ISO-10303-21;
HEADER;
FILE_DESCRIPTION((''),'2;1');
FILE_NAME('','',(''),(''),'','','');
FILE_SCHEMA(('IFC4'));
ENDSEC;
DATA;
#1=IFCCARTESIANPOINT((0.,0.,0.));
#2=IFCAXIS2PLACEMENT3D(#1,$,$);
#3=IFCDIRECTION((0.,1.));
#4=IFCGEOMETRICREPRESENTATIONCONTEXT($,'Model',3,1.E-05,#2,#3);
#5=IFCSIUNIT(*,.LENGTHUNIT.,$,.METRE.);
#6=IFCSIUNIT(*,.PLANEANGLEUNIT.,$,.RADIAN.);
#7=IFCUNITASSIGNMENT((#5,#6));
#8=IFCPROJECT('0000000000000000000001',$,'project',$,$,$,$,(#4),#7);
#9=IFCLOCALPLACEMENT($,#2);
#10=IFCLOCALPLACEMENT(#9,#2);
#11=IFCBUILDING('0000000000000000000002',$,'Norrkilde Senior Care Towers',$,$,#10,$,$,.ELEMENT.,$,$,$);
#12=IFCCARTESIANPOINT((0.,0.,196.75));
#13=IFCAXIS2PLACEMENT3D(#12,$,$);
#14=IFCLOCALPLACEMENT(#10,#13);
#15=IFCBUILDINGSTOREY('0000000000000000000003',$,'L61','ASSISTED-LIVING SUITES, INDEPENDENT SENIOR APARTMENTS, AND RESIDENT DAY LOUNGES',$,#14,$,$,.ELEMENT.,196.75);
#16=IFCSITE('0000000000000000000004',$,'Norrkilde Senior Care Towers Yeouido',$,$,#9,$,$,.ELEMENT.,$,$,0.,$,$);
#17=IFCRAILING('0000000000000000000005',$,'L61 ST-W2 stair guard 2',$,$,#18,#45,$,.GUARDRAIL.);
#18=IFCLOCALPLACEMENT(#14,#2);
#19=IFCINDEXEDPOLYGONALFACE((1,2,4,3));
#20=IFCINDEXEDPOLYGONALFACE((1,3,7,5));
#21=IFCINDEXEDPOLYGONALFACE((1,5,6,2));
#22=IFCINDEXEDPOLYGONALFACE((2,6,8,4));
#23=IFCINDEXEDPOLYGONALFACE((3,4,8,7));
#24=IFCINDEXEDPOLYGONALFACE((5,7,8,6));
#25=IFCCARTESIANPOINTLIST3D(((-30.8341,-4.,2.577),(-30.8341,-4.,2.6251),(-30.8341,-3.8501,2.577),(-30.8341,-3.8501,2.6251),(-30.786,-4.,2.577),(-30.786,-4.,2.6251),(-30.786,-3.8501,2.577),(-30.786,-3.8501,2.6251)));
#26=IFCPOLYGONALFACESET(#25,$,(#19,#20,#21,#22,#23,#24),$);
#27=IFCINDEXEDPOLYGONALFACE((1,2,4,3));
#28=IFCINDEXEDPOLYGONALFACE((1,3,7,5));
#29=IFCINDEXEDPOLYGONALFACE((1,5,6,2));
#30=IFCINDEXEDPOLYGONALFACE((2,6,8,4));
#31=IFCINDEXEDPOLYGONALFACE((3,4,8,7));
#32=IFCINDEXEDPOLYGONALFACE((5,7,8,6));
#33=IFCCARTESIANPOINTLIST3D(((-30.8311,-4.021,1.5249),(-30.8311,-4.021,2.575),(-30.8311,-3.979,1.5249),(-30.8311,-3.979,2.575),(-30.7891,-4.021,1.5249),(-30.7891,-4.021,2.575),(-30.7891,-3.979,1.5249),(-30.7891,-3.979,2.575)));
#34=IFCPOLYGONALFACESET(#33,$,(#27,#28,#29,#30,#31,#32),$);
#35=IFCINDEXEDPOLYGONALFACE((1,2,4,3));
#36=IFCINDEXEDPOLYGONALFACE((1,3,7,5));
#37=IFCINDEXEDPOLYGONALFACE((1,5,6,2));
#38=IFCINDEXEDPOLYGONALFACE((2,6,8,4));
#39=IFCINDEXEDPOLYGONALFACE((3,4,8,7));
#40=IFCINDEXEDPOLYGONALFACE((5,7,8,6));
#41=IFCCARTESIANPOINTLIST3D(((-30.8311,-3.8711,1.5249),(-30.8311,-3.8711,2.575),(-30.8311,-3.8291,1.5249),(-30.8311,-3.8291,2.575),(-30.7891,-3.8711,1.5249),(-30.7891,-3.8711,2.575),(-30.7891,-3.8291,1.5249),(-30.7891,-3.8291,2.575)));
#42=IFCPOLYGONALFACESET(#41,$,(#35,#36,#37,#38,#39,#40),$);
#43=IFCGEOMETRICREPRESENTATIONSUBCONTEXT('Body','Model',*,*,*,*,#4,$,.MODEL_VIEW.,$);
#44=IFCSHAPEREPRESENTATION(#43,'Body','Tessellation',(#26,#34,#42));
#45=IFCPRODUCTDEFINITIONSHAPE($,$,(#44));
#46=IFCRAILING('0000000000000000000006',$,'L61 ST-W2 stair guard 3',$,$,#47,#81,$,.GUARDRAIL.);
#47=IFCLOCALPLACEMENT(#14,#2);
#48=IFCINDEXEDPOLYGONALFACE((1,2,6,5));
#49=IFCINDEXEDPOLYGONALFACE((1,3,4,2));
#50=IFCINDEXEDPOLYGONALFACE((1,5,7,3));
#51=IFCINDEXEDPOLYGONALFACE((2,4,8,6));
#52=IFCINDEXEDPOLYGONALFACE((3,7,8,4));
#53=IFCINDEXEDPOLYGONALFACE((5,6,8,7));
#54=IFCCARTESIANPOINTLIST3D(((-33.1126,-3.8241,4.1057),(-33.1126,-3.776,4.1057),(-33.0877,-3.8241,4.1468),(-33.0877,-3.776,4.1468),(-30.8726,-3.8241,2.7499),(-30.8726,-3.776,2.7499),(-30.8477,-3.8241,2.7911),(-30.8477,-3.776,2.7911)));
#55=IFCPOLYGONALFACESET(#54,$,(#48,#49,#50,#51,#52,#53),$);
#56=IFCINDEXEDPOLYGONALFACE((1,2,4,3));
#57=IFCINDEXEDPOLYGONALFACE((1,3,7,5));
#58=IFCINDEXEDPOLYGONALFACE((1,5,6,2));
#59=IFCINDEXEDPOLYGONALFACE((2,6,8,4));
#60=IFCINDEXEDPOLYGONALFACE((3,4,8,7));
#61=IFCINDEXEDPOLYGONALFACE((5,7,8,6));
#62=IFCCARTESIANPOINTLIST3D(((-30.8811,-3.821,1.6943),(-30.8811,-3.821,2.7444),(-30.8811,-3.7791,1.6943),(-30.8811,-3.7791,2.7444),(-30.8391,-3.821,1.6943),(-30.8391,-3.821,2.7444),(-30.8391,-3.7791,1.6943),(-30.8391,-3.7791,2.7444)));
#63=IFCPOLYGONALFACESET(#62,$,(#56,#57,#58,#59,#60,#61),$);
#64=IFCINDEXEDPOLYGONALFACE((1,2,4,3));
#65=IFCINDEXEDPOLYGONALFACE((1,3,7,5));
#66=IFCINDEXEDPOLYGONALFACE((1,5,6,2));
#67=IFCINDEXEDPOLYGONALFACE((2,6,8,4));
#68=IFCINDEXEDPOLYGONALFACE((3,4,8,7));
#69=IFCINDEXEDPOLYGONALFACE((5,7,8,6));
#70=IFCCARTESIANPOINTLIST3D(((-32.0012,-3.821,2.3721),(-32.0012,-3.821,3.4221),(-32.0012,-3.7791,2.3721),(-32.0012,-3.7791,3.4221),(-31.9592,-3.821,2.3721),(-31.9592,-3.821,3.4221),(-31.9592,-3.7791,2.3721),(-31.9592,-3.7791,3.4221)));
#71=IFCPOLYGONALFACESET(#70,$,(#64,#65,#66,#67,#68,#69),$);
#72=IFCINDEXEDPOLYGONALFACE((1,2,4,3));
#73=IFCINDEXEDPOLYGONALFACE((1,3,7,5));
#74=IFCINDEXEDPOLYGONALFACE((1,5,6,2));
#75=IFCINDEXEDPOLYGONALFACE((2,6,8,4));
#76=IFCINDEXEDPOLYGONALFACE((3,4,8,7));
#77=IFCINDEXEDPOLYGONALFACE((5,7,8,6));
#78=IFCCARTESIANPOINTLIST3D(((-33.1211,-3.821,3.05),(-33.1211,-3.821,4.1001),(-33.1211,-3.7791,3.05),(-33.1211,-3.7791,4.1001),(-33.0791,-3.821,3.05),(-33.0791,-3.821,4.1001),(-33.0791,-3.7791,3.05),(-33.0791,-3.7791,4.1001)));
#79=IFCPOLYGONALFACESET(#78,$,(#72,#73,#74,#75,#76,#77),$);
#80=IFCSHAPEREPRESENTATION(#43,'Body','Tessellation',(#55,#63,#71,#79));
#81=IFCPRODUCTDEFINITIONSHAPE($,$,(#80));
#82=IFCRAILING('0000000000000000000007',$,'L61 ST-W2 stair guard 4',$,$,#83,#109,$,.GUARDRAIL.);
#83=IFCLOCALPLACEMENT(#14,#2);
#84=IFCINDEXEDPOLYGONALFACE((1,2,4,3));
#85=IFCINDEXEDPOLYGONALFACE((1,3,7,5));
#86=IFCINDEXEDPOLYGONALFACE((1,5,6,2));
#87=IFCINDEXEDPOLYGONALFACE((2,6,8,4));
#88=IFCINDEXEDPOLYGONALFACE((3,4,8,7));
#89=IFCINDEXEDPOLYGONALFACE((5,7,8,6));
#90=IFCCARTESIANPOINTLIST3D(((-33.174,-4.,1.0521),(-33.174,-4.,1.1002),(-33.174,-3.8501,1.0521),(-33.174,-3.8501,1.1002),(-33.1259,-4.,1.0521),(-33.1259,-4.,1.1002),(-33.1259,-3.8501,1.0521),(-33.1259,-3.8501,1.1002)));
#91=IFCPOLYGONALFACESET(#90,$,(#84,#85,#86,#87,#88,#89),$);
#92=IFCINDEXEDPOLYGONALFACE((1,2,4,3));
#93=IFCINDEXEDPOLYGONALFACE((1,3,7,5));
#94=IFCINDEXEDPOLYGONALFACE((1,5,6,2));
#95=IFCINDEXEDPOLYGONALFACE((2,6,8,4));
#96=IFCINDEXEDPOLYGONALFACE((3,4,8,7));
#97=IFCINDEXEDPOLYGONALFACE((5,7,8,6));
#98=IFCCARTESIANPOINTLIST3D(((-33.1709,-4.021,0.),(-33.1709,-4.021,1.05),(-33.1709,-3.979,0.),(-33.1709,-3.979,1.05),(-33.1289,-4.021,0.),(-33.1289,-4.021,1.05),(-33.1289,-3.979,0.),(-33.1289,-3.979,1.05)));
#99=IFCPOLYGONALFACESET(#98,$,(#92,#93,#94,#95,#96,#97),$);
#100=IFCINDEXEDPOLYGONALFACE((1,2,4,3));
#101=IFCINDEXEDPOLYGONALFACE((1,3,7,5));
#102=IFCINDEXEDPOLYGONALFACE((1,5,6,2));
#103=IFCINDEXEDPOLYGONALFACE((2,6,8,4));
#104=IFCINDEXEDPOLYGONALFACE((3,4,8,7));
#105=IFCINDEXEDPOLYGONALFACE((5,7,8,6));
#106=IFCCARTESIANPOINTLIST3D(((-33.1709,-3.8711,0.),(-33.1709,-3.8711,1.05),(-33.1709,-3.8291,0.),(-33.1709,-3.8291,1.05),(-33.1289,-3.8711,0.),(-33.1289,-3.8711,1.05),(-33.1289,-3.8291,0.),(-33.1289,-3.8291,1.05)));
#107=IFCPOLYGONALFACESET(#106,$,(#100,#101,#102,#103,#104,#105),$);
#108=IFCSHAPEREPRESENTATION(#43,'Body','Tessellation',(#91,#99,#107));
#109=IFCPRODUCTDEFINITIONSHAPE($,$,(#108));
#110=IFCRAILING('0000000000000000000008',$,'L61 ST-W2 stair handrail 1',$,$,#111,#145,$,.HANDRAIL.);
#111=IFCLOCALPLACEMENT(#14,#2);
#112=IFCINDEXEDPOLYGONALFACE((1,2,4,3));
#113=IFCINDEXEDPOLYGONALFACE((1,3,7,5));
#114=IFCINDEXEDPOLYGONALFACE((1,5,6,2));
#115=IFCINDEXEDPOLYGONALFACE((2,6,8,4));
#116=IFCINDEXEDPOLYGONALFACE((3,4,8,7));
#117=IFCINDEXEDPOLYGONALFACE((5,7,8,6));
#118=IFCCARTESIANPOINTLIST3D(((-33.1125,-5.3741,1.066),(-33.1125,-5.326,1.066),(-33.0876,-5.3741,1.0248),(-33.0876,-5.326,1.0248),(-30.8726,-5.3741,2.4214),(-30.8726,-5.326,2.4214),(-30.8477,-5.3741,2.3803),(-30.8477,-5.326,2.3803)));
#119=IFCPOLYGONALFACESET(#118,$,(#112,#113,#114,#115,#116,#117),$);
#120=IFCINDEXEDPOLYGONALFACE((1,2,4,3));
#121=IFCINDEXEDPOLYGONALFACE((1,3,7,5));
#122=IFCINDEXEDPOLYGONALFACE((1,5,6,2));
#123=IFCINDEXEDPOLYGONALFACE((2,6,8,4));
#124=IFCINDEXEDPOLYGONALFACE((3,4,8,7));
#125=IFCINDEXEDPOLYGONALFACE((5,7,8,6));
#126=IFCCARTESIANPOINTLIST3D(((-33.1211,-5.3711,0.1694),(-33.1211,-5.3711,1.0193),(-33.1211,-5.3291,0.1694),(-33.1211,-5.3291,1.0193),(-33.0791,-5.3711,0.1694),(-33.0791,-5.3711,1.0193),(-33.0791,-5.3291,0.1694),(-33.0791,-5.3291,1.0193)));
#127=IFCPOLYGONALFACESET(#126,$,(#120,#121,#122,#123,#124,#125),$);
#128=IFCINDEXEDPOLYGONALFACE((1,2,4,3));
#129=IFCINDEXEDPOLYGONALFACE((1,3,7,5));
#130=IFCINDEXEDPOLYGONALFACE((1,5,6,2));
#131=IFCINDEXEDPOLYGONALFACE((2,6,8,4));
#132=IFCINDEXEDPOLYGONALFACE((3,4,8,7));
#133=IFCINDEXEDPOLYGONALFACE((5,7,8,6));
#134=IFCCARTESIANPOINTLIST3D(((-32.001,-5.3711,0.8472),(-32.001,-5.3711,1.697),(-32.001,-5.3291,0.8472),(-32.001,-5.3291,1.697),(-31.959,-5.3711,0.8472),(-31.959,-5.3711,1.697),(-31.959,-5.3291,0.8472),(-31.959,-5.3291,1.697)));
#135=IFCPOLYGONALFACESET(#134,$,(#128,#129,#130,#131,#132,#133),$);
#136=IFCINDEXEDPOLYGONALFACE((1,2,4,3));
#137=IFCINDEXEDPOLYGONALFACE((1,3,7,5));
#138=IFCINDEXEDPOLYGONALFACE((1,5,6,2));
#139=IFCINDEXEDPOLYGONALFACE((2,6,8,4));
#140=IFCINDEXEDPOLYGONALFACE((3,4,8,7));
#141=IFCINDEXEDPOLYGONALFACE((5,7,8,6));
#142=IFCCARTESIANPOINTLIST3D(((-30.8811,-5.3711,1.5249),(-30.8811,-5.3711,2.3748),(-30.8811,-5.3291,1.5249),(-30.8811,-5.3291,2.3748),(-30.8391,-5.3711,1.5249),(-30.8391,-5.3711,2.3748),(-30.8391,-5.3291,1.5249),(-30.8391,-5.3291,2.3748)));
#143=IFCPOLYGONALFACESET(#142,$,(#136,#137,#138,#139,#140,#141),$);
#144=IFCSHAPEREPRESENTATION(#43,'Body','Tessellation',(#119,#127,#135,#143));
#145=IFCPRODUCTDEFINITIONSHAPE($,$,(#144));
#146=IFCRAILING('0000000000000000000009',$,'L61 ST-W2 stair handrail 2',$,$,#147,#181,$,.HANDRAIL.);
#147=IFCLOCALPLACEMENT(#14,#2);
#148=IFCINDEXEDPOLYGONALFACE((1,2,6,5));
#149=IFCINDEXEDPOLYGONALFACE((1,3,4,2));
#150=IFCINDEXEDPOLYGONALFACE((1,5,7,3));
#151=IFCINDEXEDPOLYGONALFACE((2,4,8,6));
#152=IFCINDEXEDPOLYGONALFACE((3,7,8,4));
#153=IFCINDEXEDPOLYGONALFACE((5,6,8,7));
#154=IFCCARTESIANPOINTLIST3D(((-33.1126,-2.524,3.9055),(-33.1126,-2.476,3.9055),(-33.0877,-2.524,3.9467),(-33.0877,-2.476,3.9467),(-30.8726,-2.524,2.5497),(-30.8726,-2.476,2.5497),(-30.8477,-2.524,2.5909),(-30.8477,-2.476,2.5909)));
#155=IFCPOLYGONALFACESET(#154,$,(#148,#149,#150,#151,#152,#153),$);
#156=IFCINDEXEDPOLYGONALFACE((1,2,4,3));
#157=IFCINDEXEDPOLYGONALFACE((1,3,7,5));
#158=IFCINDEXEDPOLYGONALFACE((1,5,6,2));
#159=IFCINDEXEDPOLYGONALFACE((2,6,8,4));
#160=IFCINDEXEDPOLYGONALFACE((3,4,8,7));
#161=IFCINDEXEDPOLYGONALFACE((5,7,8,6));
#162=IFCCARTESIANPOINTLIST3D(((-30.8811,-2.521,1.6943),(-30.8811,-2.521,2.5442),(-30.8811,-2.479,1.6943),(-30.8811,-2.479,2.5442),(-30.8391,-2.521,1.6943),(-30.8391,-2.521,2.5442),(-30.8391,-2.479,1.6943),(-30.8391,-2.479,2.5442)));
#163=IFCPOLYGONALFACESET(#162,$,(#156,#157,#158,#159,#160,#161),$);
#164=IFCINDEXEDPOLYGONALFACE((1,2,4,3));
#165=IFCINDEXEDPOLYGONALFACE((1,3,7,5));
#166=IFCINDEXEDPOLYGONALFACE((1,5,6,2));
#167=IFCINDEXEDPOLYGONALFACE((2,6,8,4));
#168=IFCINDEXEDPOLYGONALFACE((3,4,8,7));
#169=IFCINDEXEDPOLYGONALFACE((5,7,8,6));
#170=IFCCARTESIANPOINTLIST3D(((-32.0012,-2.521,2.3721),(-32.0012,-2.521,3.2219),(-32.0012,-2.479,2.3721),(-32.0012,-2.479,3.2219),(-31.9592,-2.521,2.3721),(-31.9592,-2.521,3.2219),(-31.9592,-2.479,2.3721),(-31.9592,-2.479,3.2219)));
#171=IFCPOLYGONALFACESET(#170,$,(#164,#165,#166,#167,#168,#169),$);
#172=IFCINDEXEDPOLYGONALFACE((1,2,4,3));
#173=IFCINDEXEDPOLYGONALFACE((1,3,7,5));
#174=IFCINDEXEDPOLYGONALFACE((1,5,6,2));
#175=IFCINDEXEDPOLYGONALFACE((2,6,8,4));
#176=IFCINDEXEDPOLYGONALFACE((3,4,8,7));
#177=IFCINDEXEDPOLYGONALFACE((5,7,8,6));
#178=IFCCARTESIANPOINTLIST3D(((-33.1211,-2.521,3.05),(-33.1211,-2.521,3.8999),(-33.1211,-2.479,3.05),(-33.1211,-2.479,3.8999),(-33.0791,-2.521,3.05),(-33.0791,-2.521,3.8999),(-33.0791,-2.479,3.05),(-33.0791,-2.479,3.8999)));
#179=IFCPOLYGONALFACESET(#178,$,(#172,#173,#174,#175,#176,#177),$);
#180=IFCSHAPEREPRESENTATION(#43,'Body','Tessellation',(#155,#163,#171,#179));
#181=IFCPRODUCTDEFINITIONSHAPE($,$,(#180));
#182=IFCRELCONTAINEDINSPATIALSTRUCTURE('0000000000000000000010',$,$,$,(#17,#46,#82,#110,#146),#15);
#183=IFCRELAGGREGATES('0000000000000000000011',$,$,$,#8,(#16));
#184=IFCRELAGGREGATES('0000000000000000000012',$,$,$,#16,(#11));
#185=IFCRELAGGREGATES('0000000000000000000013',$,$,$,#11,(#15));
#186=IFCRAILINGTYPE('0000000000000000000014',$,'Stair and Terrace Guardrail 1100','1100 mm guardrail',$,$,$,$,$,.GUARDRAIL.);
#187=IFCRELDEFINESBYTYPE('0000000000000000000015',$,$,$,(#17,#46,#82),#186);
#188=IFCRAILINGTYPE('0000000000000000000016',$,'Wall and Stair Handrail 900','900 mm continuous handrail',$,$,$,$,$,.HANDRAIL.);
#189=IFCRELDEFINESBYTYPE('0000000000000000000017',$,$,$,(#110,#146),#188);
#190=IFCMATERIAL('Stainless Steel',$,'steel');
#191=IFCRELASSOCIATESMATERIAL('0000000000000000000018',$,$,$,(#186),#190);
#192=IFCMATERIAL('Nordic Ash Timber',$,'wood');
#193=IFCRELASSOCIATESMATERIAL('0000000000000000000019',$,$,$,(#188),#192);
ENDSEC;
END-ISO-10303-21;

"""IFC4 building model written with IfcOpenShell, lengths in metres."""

from ifc_helpers import new_model, si_unit, direction, frame, origin, origin_2d, place, context, subcontext, project, spatial, rectangle, extrude, material, type_object, element, save


model = new_model("IFC4")

# Units and contexts
model_context = context("Model", 3, precision=1e-05, world=origin(), true_north=direction((0.0, 1.0)))
body_context = subcontext(model_context, "Body", "Model", "MODEL_VIEW")
ifc_project = project(units=[si_unit("LENGTHUNIT", "METRE"), si_unit("PLANEANGLEUNIT", "RADIAN")], contexts=[model_context])

# Site, building, storey
site_placement = place(None, origin())
site = spatial("IfcSite", under=ifc_project, at=site_placement, Name="Norrkilde Senior Care Towers Yeouido", CompositionType="ELEMENT", RefElevation=0.0)
building_placement = place(site_placement, origin())
building = spatial("IfcBuilding", under=site, at=building_placement, Name="Norrkilde Senior Care Towers", CompositionType="ELEMENT")
storey_placement = place(building_placement, frame((0.0, 0.0, 196.75)))
storey = spatial("IfcBuildingStorey", under=building, at=storey_placement, Name="L61", Description="ASSISTED-LIVING SUITES, INDEPENDENT SENIOR APARTMENTS, AND RESIDENT DAY LOUNGES", CompositionType="ELEMENT", Elevation=196.75)

# Shared definitions
ifc_material_1 = material(Name="Nordic Ash Timber", Category="wood")

# Railings
ifc_material_2 = material(Name="Stainless Steel", Category="steel")
railing_type_1 = type_object("IfcRailingType", Name="Stair and Terrace Guardrail 1100", Description="1100 mm guardrail", PredefinedType="GUARDRAIL", material=ifc_material_2)
railing_1_placement = place(storey_placement, frame((-30.8101, -4.0, 1.5249)))
element("IfcRailing", 1, at=railing_1_placement, inside=storey, type_object=railing_type_1, Name="L61 ST-W2 stair guard 2", PredefinedType="GUARDRAIL", context=body_context, shape_type="SweptSolid", body=[
    extrude(rectangle(XDim=0.0481, YDim=0.0481, at=origin_2d()), frame((0.0, 0.0, 1.0762), z_axis=(0.0, 1.0, 0.0), x_axis=(-1.0, 0.0, 0.0)), (0.0, 0.0, 1.0), 0.1499),
    extrude(rectangle(XDim=0.042, YDim=0.042, at=origin_2d()), origin(), (0.0, 0.0, 1.0), 1.05),
    extrude(rectangle(XDim=0.042, YDim=0.042, at=origin_2d()), frame((0.0, 0.1499, 0.0)), (0.0, 0.0, 1.0), 1.05),
])
railing_2_placement = place(storey_placement, frame((-30.8601, -3.8, 1.6943)))
element("IfcRailing", 2, at=railing_2_placement, inside=storey, type_object=railing_type_1, Name="L61 ST-W2 stair guard 3", PredefinedType="GUARDRAIL", context=body_context, shape_type="SweptSolid", body=[
    extrude(rectangle(XDim=0.0481, YDim=0.0481, at=origin_2d()), frame((0.0, 0.0, 1.0762), z_axis=(-0.855512, 0.0, 0.517783), x_axis=(0.0, -1.0, 0.0)), (0.0, 0.0, 1.0), 2.6184),
    extrude(rectangle(XDim=0.042, YDim=0.042, at=origin_2d()), origin(), (0.0, 0.0, 1.0), 1.05),
    extrude(rectangle(XDim=0.042, YDim=0.042, at=origin_2d()), frame((-1.1201, 0.0, 0.6777)), (0.0, 0.0, 1.0), 1.05),
    extrude(rectangle(XDim=0.042, YDim=0.042, at=origin_2d()), frame((-2.24, 0.0, 1.3557)), (0.0, 0.0, 1.0), 1.05),
])
railing_3_placement = place(storey_placement, frame((-33.1499, -4.0, 0.0)))
element("IfcRailing", 3, at=railing_3_placement, inside=storey, type_object=railing_type_1, Name="L61 ST-W2 stair guard 4", PredefinedType="GUARDRAIL", context=body_context, shape_type="SweptSolid", body=[
    extrude(rectangle(XDim=0.0481, YDim=0.0481, at=origin_2d()), frame((0.0, 0.0, 1.0762), z_axis=(0.0, 1.0, 0.0), x_axis=(-1.0, 0.0, 0.0)), (0.0, 0.0, 1.0), 0.1499),
    extrude(rectangle(XDim=0.042, YDim=0.042, at=origin_2d()), origin(), (0.0, 0.0, 1.0), 1.05),
    extrude(rectangle(XDim=0.042, YDim=0.042, at=origin_2d()), frame((0.0, 0.1499, 0.0)), (0.0, 0.0, 1.0), 1.05),
])
railing_type_2 = type_object("IfcRailingType", Name="Wall and Stair Handrail 900", Description="900 mm continuous handrail", PredefinedType="HANDRAIL", material=ifc_material_1)
railing_4_placement = place(storey_placement, frame((-33.1001, -5.3501, 0.1694)))
element("IfcRailing", 4, at=railing_4_placement, inside=storey, type_object=railing_type_2, Name="L61 ST-W2 stair handrail 1", PredefinedType="HANDRAIL", context=body_context, shape_type="SweptSolid", body=[
    extrude(rectangle(XDim=0.0481, YDim=0.0481, at=origin_2d()), frame((0.0, 0.0, 0.876), z_axis=(0.855553, 0.0, 0.517715), x_axis=(0.0, 1.0, 0.0)), (0.0, 0.0, 1.0), 2.6182),
    extrude(rectangle(XDim=0.042, YDim=0.042, at=origin_2d()), origin(), (0.0, 0.0, 1.0), 0.8499),
    extrude(rectangle(XDim=0.042, YDim=0.042, at=origin_2d()), frame((1.1201, 0.0, 0.6777)), (0.0, 0.0, 1.0), 0.8499),
    extrude(rectangle(XDim=0.042, YDim=0.042, at=origin_2d()), frame((2.24, 0.0, 1.3555)), (0.0, 0.0, 1.0), 0.8499),
])
railing_5_placement = place(storey_placement, frame((-30.8601, -2.5, 1.6943)))
element("IfcRailing", 5, at=railing_5_placement, inside=storey, type_object=railing_type_2, Name="L61 ST-W2 stair handrail 2", PredefinedType="HANDRAIL", context=body_context, shape_type="SweptSolid", body=[
    extrude(rectangle(XDim=0.0481, YDim=0.0481, at=origin_2d()), frame((0.0, 0.0, 0.876), z_axis=(-0.855512, 0.0, 0.517783), x_axis=(0.0, -1.0, 0.0)), (0.0, 0.0, 1.0), 2.6184),
    extrude(rectangle(XDim=0.042, YDim=0.042, at=origin_2d()), origin(), (0.0, 0.0, 1.0), 0.8499),
    extrude(rectangle(XDim=0.042, YDim=0.042, at=origin_2d()), frame((-1.1201, 0.0, 0.6777)), (0.0, 0.0, 1.0), 0.8499),
    extrude(rectangle(XDim=0.042, YDim=0.042, at=origin_2d()), frame((-2.24, 0.0, 1.3557)), (0.0, 0.0, 1.0), 0.8499),
])

save(model, "model.ifc")
